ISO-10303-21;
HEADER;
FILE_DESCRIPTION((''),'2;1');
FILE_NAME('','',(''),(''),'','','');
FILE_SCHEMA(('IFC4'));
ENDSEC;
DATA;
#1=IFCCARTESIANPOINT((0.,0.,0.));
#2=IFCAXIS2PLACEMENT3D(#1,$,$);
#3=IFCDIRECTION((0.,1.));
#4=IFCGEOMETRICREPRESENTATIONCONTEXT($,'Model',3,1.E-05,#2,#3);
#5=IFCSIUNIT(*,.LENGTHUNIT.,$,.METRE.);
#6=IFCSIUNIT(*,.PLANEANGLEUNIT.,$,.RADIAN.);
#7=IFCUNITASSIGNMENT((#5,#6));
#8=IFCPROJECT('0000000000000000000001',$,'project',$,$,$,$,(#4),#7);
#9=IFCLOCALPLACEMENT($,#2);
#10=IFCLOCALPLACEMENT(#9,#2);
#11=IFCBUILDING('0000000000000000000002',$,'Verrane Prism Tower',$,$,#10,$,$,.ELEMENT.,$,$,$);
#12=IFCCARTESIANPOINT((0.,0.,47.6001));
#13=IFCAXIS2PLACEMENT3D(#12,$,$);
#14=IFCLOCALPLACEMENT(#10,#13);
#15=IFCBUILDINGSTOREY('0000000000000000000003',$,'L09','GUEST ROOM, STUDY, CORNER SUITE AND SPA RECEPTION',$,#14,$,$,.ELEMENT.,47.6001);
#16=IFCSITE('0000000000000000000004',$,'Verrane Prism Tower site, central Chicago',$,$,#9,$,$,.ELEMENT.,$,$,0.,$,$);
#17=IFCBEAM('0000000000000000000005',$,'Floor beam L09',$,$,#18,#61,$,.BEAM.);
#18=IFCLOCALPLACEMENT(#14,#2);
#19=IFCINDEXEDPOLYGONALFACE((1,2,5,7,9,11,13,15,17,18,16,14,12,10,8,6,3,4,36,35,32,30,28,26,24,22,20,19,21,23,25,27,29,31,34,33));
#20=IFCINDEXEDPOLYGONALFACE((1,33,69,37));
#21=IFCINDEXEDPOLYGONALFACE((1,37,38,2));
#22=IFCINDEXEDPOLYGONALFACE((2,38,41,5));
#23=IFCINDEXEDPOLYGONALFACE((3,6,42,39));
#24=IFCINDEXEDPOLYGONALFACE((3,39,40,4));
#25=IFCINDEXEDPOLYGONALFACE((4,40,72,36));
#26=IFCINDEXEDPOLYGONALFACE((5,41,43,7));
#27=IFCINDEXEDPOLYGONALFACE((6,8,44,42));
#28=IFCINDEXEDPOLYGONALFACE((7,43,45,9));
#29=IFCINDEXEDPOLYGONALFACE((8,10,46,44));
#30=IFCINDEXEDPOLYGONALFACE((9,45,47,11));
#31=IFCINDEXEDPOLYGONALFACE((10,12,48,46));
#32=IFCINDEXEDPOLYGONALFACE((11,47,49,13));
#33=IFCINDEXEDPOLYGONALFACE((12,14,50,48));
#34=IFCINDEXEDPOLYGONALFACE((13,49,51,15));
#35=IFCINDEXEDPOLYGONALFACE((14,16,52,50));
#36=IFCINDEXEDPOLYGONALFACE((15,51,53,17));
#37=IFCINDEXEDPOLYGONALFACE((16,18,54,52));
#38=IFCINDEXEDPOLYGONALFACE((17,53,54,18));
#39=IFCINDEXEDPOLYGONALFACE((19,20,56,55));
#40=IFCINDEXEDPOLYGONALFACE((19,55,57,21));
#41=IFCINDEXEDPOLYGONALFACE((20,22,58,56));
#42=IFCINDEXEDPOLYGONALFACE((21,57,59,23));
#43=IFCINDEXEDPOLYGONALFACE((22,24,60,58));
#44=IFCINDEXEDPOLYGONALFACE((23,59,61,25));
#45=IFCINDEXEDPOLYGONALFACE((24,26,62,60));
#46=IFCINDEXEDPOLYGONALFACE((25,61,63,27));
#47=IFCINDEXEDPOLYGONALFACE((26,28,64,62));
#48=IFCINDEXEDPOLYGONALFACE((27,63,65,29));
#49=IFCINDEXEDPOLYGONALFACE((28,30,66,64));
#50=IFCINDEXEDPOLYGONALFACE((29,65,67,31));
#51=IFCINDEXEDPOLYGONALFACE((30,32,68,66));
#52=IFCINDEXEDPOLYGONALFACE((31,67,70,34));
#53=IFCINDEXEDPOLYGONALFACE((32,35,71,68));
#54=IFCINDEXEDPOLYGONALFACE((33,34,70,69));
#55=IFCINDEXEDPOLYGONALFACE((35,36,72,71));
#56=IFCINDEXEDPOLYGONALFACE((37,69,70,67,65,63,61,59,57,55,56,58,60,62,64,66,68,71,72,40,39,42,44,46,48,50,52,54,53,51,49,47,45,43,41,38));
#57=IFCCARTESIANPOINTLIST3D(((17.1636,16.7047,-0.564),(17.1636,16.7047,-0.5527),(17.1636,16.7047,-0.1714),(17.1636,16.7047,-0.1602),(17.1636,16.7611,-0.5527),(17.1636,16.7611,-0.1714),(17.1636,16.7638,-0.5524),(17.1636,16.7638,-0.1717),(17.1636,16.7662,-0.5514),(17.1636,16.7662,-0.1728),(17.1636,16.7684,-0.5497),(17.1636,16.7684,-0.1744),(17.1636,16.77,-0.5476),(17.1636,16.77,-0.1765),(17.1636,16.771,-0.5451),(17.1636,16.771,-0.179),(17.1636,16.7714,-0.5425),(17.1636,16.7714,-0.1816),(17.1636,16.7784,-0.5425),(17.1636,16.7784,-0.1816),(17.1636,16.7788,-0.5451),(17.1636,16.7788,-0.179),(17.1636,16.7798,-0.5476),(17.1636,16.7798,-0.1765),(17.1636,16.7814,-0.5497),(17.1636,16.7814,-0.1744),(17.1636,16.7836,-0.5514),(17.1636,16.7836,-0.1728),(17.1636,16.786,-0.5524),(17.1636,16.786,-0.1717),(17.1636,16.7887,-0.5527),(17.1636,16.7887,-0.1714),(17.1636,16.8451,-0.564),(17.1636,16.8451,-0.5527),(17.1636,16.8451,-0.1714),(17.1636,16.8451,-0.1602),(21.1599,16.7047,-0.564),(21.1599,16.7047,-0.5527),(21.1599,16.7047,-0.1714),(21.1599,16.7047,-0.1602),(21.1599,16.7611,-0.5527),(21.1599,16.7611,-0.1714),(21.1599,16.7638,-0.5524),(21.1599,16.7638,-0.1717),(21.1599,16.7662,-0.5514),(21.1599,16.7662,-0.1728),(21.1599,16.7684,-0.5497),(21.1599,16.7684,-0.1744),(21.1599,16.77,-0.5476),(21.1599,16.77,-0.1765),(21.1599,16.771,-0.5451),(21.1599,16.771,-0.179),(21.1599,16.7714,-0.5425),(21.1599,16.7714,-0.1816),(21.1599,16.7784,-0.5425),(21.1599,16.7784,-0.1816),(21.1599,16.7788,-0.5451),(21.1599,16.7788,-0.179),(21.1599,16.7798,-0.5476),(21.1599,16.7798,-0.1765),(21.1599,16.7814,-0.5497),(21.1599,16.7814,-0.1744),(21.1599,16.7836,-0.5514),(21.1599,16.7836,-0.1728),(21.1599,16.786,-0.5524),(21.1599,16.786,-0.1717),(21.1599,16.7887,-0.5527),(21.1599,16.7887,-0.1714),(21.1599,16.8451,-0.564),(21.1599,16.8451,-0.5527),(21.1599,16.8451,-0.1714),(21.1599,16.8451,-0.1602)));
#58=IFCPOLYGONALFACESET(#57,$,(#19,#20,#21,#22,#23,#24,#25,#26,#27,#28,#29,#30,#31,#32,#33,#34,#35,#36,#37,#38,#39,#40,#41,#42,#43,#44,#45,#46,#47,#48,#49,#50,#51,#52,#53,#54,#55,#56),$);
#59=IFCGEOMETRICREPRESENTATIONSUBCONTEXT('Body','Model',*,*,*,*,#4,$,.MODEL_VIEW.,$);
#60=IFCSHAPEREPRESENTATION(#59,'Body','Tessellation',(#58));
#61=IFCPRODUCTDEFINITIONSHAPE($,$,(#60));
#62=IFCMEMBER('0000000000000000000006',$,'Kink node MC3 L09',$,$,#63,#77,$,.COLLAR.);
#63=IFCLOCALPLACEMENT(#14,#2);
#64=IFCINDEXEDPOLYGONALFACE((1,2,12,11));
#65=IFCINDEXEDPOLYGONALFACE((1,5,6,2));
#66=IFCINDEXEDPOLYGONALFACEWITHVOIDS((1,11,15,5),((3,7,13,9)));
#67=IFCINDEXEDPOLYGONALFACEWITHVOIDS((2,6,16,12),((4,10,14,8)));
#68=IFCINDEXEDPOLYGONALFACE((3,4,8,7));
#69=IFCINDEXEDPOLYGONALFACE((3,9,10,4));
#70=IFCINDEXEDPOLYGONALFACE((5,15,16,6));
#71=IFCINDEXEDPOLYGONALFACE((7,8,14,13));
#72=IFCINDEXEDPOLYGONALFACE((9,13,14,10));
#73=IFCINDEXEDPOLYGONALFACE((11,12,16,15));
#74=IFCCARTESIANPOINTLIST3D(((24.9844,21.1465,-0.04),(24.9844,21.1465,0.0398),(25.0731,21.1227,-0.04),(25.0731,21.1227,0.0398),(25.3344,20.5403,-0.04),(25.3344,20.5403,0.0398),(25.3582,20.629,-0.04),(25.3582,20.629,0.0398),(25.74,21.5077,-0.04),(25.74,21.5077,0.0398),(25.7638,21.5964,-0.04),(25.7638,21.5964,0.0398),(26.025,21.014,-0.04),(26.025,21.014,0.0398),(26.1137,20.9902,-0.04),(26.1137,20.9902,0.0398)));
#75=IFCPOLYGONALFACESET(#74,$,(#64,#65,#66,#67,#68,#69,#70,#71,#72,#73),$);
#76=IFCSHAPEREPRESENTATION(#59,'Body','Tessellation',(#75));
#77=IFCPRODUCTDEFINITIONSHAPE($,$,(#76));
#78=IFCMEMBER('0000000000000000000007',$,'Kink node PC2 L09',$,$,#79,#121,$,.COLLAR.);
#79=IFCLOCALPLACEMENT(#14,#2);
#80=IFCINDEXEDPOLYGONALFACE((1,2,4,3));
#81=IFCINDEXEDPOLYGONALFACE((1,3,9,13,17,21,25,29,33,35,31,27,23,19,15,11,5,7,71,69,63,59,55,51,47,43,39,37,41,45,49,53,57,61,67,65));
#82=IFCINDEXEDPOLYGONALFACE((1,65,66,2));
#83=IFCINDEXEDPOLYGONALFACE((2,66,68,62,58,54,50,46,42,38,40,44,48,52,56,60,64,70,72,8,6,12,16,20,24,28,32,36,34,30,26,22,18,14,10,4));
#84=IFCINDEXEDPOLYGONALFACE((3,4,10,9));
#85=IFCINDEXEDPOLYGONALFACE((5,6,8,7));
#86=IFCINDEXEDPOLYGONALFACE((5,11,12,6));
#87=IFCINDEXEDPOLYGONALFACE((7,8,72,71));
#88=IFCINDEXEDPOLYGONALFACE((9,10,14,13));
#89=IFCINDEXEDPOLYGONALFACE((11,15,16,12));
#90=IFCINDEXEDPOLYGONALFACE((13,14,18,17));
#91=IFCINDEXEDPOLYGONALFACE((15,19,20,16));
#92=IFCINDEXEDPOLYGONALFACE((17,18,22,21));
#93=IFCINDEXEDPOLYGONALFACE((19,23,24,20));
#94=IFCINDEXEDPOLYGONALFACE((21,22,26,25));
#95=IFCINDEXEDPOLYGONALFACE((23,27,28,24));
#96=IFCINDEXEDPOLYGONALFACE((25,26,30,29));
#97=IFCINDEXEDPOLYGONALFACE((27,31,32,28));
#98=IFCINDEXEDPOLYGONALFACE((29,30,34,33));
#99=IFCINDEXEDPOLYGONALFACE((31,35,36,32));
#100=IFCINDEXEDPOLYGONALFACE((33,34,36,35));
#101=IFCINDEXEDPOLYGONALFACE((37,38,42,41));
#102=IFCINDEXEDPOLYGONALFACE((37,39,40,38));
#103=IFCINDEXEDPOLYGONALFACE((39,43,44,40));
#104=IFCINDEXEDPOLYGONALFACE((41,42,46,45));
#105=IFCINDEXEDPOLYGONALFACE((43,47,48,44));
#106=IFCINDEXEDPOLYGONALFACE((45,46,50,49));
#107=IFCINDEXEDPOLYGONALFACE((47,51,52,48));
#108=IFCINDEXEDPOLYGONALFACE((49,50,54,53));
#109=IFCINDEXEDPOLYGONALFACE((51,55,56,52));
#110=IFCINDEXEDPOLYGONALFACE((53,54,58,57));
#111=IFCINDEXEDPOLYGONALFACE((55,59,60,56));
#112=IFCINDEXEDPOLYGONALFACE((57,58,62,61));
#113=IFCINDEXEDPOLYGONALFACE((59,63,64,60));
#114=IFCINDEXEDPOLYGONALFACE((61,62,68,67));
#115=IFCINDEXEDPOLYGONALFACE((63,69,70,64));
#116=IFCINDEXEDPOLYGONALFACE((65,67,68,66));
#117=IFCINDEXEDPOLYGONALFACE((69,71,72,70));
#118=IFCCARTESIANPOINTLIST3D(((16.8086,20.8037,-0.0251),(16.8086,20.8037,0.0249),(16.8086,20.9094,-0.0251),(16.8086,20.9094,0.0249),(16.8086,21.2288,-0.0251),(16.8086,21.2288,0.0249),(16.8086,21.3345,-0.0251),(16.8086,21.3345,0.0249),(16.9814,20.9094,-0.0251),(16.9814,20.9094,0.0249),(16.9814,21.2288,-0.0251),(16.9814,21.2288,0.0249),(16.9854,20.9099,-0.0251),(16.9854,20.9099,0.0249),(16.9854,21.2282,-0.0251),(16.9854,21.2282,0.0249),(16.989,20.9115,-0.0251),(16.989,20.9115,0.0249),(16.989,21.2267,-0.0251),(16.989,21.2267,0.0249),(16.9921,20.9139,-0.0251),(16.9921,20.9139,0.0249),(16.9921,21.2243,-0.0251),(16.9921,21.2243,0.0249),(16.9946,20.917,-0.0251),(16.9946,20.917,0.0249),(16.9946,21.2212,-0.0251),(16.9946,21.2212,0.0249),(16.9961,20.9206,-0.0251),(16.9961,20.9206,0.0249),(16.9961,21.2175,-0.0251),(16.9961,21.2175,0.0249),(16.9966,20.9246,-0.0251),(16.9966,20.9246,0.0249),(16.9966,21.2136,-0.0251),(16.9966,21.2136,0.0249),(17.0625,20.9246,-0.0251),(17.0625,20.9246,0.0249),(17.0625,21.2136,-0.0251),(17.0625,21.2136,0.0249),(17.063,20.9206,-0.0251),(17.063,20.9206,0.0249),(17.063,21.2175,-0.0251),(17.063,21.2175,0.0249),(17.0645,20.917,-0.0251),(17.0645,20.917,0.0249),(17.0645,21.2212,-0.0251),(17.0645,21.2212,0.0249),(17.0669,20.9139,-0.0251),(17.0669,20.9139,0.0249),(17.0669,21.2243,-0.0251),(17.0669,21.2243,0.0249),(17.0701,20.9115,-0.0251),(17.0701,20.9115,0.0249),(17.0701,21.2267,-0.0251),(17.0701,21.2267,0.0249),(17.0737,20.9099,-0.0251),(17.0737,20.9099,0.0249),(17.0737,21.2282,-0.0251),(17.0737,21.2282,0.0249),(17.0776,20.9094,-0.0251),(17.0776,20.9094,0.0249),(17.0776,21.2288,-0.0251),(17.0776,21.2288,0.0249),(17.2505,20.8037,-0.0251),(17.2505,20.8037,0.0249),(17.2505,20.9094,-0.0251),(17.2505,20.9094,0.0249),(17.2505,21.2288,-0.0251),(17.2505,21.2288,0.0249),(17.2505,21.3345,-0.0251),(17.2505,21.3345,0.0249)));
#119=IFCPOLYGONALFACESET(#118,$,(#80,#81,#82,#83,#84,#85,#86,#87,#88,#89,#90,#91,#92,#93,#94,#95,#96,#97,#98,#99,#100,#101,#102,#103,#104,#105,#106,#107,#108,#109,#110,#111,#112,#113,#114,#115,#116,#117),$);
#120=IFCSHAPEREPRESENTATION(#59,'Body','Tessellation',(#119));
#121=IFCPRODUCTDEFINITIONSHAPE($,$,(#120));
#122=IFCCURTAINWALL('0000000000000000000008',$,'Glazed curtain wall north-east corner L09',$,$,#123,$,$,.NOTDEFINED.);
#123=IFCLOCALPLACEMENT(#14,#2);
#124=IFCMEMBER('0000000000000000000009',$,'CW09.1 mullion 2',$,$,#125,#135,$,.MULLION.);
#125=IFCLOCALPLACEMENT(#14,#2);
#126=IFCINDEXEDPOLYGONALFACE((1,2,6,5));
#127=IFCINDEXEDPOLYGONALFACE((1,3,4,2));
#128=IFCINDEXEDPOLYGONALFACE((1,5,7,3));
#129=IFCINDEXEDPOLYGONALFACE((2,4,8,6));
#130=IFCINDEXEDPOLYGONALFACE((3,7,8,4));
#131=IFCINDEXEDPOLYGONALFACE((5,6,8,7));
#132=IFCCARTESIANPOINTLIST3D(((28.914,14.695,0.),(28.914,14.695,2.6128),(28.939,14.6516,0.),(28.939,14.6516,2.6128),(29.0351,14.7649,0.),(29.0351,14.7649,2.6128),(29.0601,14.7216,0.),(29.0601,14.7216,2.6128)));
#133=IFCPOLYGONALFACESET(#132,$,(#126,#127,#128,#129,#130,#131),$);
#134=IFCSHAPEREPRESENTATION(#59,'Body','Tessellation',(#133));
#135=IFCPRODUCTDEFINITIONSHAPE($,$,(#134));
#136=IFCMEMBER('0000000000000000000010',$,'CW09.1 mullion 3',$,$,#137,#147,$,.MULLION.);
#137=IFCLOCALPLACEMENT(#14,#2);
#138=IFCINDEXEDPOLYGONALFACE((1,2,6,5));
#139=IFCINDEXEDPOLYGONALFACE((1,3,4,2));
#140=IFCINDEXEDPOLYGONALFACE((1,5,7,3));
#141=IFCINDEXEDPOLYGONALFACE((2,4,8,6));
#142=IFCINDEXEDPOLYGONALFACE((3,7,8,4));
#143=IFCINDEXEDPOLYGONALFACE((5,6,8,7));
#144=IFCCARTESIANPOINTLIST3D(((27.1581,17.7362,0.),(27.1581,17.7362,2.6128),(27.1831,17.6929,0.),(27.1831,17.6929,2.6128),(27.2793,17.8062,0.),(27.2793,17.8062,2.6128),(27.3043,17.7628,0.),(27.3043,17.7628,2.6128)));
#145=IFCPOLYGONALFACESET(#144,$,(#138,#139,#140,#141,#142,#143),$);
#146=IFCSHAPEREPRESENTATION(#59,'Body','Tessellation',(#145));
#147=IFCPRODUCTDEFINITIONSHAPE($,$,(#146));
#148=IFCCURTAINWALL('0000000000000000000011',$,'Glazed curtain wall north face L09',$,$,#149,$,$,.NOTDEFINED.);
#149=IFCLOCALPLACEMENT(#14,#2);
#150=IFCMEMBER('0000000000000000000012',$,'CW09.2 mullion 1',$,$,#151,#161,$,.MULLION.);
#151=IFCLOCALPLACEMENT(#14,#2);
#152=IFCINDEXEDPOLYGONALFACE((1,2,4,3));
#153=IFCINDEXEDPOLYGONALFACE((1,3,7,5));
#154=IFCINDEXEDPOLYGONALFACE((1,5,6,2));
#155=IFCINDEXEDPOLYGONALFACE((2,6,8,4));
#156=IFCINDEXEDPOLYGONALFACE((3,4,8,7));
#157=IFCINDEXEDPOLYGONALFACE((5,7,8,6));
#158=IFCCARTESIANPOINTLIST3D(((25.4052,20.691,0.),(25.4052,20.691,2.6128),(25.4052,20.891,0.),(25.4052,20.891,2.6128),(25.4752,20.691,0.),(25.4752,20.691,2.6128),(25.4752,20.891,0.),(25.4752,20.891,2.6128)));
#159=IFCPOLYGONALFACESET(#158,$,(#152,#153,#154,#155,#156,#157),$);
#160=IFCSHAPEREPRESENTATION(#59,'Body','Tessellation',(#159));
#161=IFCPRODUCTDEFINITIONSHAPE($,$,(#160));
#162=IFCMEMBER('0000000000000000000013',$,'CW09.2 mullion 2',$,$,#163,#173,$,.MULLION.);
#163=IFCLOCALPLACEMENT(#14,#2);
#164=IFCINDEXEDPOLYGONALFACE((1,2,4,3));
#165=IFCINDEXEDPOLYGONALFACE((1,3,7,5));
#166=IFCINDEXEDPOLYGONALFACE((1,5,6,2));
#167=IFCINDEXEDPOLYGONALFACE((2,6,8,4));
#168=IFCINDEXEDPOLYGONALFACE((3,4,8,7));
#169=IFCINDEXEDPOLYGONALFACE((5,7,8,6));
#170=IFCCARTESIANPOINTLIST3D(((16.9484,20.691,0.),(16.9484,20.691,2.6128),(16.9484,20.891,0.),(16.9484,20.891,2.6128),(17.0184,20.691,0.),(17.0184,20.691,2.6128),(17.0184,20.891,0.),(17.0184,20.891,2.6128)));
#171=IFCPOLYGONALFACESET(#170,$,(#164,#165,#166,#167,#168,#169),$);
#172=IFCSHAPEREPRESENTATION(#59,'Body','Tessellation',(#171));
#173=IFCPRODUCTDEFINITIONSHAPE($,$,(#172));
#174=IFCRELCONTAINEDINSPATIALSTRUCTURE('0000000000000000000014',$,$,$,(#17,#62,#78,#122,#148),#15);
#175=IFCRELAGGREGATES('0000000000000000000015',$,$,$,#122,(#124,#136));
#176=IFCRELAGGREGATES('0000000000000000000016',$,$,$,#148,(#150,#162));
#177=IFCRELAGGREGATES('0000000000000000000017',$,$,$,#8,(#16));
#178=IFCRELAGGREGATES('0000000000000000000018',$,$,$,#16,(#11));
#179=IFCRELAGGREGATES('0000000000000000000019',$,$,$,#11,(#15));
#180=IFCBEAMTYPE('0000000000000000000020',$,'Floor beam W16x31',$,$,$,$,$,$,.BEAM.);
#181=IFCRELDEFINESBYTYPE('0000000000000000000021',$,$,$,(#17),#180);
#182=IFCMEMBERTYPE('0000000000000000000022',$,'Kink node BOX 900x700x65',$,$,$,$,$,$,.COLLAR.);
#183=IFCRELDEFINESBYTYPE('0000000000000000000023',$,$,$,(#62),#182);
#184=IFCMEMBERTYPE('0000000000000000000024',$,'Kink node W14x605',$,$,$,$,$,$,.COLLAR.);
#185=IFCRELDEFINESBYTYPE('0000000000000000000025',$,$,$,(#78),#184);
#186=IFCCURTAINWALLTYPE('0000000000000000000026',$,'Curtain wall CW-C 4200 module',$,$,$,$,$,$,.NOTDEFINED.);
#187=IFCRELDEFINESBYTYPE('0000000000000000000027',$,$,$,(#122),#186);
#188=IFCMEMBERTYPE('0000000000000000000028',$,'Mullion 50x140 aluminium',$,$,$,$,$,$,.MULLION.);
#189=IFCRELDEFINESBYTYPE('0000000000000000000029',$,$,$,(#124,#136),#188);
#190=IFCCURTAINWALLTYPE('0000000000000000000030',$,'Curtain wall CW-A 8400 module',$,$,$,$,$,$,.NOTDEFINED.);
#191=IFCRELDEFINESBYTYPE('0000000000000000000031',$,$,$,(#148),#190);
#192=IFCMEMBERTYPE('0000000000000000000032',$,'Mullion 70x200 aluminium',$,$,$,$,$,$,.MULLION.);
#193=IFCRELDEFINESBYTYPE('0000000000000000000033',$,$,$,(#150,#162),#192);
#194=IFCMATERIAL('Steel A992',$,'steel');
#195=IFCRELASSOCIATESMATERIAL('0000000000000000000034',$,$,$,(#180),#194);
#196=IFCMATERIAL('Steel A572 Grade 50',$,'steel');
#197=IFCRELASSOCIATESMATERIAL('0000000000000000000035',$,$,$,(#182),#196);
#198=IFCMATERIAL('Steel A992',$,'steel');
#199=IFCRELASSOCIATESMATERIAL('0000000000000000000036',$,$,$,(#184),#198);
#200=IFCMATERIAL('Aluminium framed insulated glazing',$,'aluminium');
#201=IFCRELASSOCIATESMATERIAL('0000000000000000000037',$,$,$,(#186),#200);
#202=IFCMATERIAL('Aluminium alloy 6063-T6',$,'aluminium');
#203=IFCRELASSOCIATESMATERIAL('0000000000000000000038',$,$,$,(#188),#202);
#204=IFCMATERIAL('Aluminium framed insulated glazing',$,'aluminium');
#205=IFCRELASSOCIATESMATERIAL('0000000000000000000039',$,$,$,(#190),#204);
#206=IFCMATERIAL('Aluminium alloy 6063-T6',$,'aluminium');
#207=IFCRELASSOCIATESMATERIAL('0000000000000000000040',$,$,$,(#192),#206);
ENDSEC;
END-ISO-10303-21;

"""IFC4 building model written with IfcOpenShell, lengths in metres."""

from ifc_helpers import new_model, si_unit, direction, frame, origin, origin_2d, place, context, subcontext, project, spatial, rectangle, hollow_rectangle, i_section, extrude, material, material_profile, profile_set, type_object, element, aggregate, save


model = new_model("IFC4")

# Units and contexts
model_context = context("Model", 3, precision=1e-05, world=origin(), true_north=direction((0.0, 1.0)))
body_context = subcontext(model_context, "Body", "Model", "MODEL_VIEW")
ifc_project = project(units=[si_unit("LENGTHUNIT", "METRE"), si_unit("PLANEANGLEUNIT", "RADIAN")], contexts=[model_context])

# Site, building, storey
site_placement = place(None, origin())
site = spatial("IfcSite", under=ifc_project, at=site_placement, Name="Verrane Prism Tower site, central Chicago", CompositionType="ELEMENT", RefElevation=0.0)
building_placement = place(site_placement, origin())
building = spatial("IfcBuilding", under=site, at=building_placement, Name="Verrane Prism Tower", CompositionType="ELEMENT")
storey_placement = place(building_placement, frame((0.0, 0.0, 47.6001)))
storey = spatial("IfcBuildingStorey", under=building, at=storey_placement, Name="L09", Description="GUEST ROOM, STUDY, CORNER SUITE AND SPA RECEPTION", CompositionType="ELEMENT", Elevation=47.6001)

# Beam
ifc_material_1 = material(Name="Steel A992", Category="steel")
ifc_material_profile_1 = material_profile(ifc_material_1, i_section(OverallWidth=0.1404, OverallDepth=0.4038, WebThickness=0.0071, FlangeThickness=0.0112, FilletRadius=0.0103, at=origin_2d()), Name="W16x31")
ifc_profile_set_1 = profile_set([ifc_material_profile_1], Name="Steel A992")
beam_type_1 = type_object("IfcBeamType", Name="Floor beam W16x31", PredefinedType="BEAM", material=ifc_profile_set_1)
beam_1_placement = place(storey_placement, frame((17.1636, 16.7749, -0.3621), z_axis=(1.0, 0.0, 0.0), x_axis=(0.0, 1.0, 0.0)))
element("IfcBeam", 1, at=beam_1_placement, inside=storey, type_object=beam_type_1, Name="Floor beam L09", PredefinedType="BEAM", context=body_context, shape_type="SweptSolid", body=[
    extrude(i_section(OverallWidth=0.1404, OverallDepth=0.4038, WebThickness=0.0071, FlangeThickness=0.0112, FilletRadius=0.0103, at=origin_2d()), origin(), (0.0, 0.0, 1.0), 3.9963),
])

# Members
ifc_material_2 = material(Name="Steel A572 Grade 50", Category="steel")
ifc_material_profile_2 = material_profile(ifc_material_2, hollow_rectangle(XDim=0.7, YDim=0.8999, WallThickness=0.0649, at=origin_2d()), Name="BOX 900x700x65")
ifc_profile_set_2 = profile_set([ifc_material_profile_2], Name="Steel A572 Grade 50")
member_type_1 = type_object("IfcMemberType", Name="Kink node BOX 900x700x65", PredefinedType="COLLAR", material=ifc_profile_set_2)
member_1_placement = place(storey_placement, frame((25.5491, 21.0684, -0.04), z_axis=(0.0, 0.0, 1.0), x_axis=(0.5, -0.866025, 0.0)))
element("IfcMember", 2, at=member_1_placement, inside=storey, type_object=member_type_1, Name="Kink node MC3 L09", PredefinedType="COLLAR", context=body_context, shape_type="SweptSolid", body=[
    extrude(hollow_rectangle(XDim=0.7, YDim=0.8999, WallThickness=0.0649, at=origin_2d()), origin(), (0.0, 0.0, 1.0), 0.0798),
])
ifc_material_3 = material(Name="Steel A992", Category="steel")
ifc_material_profile_3 = material_profile(ifc_material_3, i_section(OverallWidth=0.4419, OverallDepth=0.5308, WebThickness=0.0659, FlangeThickness=0.1057, FilletRadius=0.0151, at=origin_2d()), Name="W14x605")
ifc_profile_set_3 = profile_set([ifc_material_profile_3], Name="Steel A992")
member_type_2 = type_object("IfcMemberType", Name="Kink node W14x605", PredefinedType="COLLAR", material=ifc_profile_set_3)
member_2_placement = place(storey_placement, frame((17.0295, 21.0691, -0.0251), z_axis=(0.0, 0.0, 1.0), x_axis=(1.0, 0.0, 0.0)))
element("IfcMember", 3, at=member_2_placement, inside=storey, type_object=member_type_2, Name="Kink node PC2 L09", PredefinedType="COLLAR", context=body_context, shape_type="SweptSolid", body=[
    extrude(i_section(OverallWidth=0.4419, OverallDepth=0.5308, WebThickness=0.0659, FlangeThickness=0.1057, FilletRadius=0.0151, at=origin_2d()), origin(), (0.0, 0.0, 1.0), 0.05),
])

# Curtain walls, members
ifc_material_4 = material(Name="Aluminium framed insulated glazing", Category="aluminium")
curtain_wall_type_1 = type_object("IfcCurtainWallType", Name="Curtain wall CW-C 4200 module", PredefinedType="NOTDEFINED", material=ifc_material_4)
curtain_wall_1_placement = place(storey_placement, origin())
curtain_wall_1 = element("IfcCurtainWall", 4, at=curtain_wall_1_placement, inside=storey, type_object=curtain_wall_type_1, Name="Glazed curtain wall north-east corner L09", PredefinedType="NOTDEFINED")
ifc_material_5 = material(Name="Aluminium alloy 6063-T6", Category="aluminium")
ifc_material_profile_4 = material_profile(ifc_material_5, rectangle(XDim=0.1399, YDim=0.05, at=origin_2d()), Name="Mullion 50x140 aluminium")
ifc_profile_set_4 = profile_set([ifc_material_profile_4], Name="Aluminium alloy 6063-T6")
member_type_3 = type_object("IfcMemberType", Name="Mullion 50x140 aluminium", PredefinedType="MULLION", material=ifc_profile_set_4)
member_3_placement = place(storey_placement, frame((28.9871, 14.7083, 0.0), z_axis=(0.0, 0.0, 1.0), x_axis=(-0.866026, -0.499999, 0.0)))
member_3 = element("IfcMember", 5, at=member_3_placement, type_object=member_type_3, Name="CW09.1 mullion 2", PredefinedType="MULLION", context=body_context, shape_type="SweptSolid", body=[
    extrude(rectangle(XDim=0.1399, YDim=0.05, at=origin_2d()), origin(), (0.0, 0.0, 1.0), 2.6128),
])
member_4_placement = place(storey_placement, frame((27.2312, 17.7495, 0.0), z_axis=(0.0, 0.0, 1.0), x_axis=(-0.866026, -0.499999, 0.0)))
member_4 = element("IfcMember", 6, at=member_4_placement, type_object=member_type_3, Name="CW09.1 mullion 3", PredefinedType="MULLION", context=body_context, shape_type="SweptSolid", body=[
    extrude(rectangle(XDim=0.1399, YDim=0.05, at=origin_2d()), origin(), (0.0, 0.0, 1.0), 2.6128),
])
ifc_material_6 = material(Name="Aluminium framed insulated glazing", Category="aluminium")
curtain_wall_type_2 = type_object("IfcCurtainWallType", Name="Curtain wall CW-A 8400 module", PredefinedType="NOTDEFINED", material=ifc_material_6)
curtain_wall_2_placement = place(storey_placement, origin())
curtain_wall_2 = element("IfcCurtainWall", 7, at=curtain_wall_2_placement, inside=storey, type_object=curtain_wall_type_2, Name="Glazed curtain wall north face L09", PredefinedType="NOTDEFINED")
ifc_material_7 = material(Name="Aluminium alloy 6063-T6", Category="aluminium")
ifc_material_profile_5 = material_profile(ifc_material_7, rectangle(XDim=0.2, YDim=0.0701, at=origin_2d()), Name="Mullion 70x200 aluminium")
ifc_profile_set_5 = profile_set([ifc_material_profile_5], Name="Aluminium alloy 6063-T6")
member_type_4 = type_object("IfcMemberType", Name="Mullion 70x200 aluminium", PredefinedType="MULLION", material=ifc_profile_set_5)
member_5_placement = place(storey_placement, frame((25.4402, 20.791, 0.0), z_axis=(0.0, 0.0, 1.0), x_axis=(0.0, -1.0, 0.0)))
member_5 = element("IfcMember", 8, at=member_5_placement, type_object=member_type_4, Name="CW09.2 mullion 1", PredefinedType="MULLION", context=body_context, shape_type="SweptSolid", body=[
    extrude(rectangle(XDim=0.2, YDim=0.0701, at=origin_2d()), origin(), (0.0, 0.0, 1.0), 2.6128),
])
member_6_placement = place(storey_placement, frame((16.9834, 20.791, 0.0), z_axis=(0.0, 0.0, 1.0), x_axis=(0.0, -1.0, 0.0)))
member_6 = element("IfcMember", 9, at=member_6_placement, type_object=member_type_4, Name="CW09.2 mullion 2", PredefinedType="MULLION", context=body_context, shape_type="SweptSolid", body=[
    extrude(rectangle(XDim=0.2, YDim=0.0701, at=origin_2d()), origin(), (0.0, 0.0, 1.0), 2.6128),
])

aggregate(curtain_wall_1, [member_3, member_4])
aggregate(curtain_wall_2, [member_5, member_6])

save(model, "model.ifc")
